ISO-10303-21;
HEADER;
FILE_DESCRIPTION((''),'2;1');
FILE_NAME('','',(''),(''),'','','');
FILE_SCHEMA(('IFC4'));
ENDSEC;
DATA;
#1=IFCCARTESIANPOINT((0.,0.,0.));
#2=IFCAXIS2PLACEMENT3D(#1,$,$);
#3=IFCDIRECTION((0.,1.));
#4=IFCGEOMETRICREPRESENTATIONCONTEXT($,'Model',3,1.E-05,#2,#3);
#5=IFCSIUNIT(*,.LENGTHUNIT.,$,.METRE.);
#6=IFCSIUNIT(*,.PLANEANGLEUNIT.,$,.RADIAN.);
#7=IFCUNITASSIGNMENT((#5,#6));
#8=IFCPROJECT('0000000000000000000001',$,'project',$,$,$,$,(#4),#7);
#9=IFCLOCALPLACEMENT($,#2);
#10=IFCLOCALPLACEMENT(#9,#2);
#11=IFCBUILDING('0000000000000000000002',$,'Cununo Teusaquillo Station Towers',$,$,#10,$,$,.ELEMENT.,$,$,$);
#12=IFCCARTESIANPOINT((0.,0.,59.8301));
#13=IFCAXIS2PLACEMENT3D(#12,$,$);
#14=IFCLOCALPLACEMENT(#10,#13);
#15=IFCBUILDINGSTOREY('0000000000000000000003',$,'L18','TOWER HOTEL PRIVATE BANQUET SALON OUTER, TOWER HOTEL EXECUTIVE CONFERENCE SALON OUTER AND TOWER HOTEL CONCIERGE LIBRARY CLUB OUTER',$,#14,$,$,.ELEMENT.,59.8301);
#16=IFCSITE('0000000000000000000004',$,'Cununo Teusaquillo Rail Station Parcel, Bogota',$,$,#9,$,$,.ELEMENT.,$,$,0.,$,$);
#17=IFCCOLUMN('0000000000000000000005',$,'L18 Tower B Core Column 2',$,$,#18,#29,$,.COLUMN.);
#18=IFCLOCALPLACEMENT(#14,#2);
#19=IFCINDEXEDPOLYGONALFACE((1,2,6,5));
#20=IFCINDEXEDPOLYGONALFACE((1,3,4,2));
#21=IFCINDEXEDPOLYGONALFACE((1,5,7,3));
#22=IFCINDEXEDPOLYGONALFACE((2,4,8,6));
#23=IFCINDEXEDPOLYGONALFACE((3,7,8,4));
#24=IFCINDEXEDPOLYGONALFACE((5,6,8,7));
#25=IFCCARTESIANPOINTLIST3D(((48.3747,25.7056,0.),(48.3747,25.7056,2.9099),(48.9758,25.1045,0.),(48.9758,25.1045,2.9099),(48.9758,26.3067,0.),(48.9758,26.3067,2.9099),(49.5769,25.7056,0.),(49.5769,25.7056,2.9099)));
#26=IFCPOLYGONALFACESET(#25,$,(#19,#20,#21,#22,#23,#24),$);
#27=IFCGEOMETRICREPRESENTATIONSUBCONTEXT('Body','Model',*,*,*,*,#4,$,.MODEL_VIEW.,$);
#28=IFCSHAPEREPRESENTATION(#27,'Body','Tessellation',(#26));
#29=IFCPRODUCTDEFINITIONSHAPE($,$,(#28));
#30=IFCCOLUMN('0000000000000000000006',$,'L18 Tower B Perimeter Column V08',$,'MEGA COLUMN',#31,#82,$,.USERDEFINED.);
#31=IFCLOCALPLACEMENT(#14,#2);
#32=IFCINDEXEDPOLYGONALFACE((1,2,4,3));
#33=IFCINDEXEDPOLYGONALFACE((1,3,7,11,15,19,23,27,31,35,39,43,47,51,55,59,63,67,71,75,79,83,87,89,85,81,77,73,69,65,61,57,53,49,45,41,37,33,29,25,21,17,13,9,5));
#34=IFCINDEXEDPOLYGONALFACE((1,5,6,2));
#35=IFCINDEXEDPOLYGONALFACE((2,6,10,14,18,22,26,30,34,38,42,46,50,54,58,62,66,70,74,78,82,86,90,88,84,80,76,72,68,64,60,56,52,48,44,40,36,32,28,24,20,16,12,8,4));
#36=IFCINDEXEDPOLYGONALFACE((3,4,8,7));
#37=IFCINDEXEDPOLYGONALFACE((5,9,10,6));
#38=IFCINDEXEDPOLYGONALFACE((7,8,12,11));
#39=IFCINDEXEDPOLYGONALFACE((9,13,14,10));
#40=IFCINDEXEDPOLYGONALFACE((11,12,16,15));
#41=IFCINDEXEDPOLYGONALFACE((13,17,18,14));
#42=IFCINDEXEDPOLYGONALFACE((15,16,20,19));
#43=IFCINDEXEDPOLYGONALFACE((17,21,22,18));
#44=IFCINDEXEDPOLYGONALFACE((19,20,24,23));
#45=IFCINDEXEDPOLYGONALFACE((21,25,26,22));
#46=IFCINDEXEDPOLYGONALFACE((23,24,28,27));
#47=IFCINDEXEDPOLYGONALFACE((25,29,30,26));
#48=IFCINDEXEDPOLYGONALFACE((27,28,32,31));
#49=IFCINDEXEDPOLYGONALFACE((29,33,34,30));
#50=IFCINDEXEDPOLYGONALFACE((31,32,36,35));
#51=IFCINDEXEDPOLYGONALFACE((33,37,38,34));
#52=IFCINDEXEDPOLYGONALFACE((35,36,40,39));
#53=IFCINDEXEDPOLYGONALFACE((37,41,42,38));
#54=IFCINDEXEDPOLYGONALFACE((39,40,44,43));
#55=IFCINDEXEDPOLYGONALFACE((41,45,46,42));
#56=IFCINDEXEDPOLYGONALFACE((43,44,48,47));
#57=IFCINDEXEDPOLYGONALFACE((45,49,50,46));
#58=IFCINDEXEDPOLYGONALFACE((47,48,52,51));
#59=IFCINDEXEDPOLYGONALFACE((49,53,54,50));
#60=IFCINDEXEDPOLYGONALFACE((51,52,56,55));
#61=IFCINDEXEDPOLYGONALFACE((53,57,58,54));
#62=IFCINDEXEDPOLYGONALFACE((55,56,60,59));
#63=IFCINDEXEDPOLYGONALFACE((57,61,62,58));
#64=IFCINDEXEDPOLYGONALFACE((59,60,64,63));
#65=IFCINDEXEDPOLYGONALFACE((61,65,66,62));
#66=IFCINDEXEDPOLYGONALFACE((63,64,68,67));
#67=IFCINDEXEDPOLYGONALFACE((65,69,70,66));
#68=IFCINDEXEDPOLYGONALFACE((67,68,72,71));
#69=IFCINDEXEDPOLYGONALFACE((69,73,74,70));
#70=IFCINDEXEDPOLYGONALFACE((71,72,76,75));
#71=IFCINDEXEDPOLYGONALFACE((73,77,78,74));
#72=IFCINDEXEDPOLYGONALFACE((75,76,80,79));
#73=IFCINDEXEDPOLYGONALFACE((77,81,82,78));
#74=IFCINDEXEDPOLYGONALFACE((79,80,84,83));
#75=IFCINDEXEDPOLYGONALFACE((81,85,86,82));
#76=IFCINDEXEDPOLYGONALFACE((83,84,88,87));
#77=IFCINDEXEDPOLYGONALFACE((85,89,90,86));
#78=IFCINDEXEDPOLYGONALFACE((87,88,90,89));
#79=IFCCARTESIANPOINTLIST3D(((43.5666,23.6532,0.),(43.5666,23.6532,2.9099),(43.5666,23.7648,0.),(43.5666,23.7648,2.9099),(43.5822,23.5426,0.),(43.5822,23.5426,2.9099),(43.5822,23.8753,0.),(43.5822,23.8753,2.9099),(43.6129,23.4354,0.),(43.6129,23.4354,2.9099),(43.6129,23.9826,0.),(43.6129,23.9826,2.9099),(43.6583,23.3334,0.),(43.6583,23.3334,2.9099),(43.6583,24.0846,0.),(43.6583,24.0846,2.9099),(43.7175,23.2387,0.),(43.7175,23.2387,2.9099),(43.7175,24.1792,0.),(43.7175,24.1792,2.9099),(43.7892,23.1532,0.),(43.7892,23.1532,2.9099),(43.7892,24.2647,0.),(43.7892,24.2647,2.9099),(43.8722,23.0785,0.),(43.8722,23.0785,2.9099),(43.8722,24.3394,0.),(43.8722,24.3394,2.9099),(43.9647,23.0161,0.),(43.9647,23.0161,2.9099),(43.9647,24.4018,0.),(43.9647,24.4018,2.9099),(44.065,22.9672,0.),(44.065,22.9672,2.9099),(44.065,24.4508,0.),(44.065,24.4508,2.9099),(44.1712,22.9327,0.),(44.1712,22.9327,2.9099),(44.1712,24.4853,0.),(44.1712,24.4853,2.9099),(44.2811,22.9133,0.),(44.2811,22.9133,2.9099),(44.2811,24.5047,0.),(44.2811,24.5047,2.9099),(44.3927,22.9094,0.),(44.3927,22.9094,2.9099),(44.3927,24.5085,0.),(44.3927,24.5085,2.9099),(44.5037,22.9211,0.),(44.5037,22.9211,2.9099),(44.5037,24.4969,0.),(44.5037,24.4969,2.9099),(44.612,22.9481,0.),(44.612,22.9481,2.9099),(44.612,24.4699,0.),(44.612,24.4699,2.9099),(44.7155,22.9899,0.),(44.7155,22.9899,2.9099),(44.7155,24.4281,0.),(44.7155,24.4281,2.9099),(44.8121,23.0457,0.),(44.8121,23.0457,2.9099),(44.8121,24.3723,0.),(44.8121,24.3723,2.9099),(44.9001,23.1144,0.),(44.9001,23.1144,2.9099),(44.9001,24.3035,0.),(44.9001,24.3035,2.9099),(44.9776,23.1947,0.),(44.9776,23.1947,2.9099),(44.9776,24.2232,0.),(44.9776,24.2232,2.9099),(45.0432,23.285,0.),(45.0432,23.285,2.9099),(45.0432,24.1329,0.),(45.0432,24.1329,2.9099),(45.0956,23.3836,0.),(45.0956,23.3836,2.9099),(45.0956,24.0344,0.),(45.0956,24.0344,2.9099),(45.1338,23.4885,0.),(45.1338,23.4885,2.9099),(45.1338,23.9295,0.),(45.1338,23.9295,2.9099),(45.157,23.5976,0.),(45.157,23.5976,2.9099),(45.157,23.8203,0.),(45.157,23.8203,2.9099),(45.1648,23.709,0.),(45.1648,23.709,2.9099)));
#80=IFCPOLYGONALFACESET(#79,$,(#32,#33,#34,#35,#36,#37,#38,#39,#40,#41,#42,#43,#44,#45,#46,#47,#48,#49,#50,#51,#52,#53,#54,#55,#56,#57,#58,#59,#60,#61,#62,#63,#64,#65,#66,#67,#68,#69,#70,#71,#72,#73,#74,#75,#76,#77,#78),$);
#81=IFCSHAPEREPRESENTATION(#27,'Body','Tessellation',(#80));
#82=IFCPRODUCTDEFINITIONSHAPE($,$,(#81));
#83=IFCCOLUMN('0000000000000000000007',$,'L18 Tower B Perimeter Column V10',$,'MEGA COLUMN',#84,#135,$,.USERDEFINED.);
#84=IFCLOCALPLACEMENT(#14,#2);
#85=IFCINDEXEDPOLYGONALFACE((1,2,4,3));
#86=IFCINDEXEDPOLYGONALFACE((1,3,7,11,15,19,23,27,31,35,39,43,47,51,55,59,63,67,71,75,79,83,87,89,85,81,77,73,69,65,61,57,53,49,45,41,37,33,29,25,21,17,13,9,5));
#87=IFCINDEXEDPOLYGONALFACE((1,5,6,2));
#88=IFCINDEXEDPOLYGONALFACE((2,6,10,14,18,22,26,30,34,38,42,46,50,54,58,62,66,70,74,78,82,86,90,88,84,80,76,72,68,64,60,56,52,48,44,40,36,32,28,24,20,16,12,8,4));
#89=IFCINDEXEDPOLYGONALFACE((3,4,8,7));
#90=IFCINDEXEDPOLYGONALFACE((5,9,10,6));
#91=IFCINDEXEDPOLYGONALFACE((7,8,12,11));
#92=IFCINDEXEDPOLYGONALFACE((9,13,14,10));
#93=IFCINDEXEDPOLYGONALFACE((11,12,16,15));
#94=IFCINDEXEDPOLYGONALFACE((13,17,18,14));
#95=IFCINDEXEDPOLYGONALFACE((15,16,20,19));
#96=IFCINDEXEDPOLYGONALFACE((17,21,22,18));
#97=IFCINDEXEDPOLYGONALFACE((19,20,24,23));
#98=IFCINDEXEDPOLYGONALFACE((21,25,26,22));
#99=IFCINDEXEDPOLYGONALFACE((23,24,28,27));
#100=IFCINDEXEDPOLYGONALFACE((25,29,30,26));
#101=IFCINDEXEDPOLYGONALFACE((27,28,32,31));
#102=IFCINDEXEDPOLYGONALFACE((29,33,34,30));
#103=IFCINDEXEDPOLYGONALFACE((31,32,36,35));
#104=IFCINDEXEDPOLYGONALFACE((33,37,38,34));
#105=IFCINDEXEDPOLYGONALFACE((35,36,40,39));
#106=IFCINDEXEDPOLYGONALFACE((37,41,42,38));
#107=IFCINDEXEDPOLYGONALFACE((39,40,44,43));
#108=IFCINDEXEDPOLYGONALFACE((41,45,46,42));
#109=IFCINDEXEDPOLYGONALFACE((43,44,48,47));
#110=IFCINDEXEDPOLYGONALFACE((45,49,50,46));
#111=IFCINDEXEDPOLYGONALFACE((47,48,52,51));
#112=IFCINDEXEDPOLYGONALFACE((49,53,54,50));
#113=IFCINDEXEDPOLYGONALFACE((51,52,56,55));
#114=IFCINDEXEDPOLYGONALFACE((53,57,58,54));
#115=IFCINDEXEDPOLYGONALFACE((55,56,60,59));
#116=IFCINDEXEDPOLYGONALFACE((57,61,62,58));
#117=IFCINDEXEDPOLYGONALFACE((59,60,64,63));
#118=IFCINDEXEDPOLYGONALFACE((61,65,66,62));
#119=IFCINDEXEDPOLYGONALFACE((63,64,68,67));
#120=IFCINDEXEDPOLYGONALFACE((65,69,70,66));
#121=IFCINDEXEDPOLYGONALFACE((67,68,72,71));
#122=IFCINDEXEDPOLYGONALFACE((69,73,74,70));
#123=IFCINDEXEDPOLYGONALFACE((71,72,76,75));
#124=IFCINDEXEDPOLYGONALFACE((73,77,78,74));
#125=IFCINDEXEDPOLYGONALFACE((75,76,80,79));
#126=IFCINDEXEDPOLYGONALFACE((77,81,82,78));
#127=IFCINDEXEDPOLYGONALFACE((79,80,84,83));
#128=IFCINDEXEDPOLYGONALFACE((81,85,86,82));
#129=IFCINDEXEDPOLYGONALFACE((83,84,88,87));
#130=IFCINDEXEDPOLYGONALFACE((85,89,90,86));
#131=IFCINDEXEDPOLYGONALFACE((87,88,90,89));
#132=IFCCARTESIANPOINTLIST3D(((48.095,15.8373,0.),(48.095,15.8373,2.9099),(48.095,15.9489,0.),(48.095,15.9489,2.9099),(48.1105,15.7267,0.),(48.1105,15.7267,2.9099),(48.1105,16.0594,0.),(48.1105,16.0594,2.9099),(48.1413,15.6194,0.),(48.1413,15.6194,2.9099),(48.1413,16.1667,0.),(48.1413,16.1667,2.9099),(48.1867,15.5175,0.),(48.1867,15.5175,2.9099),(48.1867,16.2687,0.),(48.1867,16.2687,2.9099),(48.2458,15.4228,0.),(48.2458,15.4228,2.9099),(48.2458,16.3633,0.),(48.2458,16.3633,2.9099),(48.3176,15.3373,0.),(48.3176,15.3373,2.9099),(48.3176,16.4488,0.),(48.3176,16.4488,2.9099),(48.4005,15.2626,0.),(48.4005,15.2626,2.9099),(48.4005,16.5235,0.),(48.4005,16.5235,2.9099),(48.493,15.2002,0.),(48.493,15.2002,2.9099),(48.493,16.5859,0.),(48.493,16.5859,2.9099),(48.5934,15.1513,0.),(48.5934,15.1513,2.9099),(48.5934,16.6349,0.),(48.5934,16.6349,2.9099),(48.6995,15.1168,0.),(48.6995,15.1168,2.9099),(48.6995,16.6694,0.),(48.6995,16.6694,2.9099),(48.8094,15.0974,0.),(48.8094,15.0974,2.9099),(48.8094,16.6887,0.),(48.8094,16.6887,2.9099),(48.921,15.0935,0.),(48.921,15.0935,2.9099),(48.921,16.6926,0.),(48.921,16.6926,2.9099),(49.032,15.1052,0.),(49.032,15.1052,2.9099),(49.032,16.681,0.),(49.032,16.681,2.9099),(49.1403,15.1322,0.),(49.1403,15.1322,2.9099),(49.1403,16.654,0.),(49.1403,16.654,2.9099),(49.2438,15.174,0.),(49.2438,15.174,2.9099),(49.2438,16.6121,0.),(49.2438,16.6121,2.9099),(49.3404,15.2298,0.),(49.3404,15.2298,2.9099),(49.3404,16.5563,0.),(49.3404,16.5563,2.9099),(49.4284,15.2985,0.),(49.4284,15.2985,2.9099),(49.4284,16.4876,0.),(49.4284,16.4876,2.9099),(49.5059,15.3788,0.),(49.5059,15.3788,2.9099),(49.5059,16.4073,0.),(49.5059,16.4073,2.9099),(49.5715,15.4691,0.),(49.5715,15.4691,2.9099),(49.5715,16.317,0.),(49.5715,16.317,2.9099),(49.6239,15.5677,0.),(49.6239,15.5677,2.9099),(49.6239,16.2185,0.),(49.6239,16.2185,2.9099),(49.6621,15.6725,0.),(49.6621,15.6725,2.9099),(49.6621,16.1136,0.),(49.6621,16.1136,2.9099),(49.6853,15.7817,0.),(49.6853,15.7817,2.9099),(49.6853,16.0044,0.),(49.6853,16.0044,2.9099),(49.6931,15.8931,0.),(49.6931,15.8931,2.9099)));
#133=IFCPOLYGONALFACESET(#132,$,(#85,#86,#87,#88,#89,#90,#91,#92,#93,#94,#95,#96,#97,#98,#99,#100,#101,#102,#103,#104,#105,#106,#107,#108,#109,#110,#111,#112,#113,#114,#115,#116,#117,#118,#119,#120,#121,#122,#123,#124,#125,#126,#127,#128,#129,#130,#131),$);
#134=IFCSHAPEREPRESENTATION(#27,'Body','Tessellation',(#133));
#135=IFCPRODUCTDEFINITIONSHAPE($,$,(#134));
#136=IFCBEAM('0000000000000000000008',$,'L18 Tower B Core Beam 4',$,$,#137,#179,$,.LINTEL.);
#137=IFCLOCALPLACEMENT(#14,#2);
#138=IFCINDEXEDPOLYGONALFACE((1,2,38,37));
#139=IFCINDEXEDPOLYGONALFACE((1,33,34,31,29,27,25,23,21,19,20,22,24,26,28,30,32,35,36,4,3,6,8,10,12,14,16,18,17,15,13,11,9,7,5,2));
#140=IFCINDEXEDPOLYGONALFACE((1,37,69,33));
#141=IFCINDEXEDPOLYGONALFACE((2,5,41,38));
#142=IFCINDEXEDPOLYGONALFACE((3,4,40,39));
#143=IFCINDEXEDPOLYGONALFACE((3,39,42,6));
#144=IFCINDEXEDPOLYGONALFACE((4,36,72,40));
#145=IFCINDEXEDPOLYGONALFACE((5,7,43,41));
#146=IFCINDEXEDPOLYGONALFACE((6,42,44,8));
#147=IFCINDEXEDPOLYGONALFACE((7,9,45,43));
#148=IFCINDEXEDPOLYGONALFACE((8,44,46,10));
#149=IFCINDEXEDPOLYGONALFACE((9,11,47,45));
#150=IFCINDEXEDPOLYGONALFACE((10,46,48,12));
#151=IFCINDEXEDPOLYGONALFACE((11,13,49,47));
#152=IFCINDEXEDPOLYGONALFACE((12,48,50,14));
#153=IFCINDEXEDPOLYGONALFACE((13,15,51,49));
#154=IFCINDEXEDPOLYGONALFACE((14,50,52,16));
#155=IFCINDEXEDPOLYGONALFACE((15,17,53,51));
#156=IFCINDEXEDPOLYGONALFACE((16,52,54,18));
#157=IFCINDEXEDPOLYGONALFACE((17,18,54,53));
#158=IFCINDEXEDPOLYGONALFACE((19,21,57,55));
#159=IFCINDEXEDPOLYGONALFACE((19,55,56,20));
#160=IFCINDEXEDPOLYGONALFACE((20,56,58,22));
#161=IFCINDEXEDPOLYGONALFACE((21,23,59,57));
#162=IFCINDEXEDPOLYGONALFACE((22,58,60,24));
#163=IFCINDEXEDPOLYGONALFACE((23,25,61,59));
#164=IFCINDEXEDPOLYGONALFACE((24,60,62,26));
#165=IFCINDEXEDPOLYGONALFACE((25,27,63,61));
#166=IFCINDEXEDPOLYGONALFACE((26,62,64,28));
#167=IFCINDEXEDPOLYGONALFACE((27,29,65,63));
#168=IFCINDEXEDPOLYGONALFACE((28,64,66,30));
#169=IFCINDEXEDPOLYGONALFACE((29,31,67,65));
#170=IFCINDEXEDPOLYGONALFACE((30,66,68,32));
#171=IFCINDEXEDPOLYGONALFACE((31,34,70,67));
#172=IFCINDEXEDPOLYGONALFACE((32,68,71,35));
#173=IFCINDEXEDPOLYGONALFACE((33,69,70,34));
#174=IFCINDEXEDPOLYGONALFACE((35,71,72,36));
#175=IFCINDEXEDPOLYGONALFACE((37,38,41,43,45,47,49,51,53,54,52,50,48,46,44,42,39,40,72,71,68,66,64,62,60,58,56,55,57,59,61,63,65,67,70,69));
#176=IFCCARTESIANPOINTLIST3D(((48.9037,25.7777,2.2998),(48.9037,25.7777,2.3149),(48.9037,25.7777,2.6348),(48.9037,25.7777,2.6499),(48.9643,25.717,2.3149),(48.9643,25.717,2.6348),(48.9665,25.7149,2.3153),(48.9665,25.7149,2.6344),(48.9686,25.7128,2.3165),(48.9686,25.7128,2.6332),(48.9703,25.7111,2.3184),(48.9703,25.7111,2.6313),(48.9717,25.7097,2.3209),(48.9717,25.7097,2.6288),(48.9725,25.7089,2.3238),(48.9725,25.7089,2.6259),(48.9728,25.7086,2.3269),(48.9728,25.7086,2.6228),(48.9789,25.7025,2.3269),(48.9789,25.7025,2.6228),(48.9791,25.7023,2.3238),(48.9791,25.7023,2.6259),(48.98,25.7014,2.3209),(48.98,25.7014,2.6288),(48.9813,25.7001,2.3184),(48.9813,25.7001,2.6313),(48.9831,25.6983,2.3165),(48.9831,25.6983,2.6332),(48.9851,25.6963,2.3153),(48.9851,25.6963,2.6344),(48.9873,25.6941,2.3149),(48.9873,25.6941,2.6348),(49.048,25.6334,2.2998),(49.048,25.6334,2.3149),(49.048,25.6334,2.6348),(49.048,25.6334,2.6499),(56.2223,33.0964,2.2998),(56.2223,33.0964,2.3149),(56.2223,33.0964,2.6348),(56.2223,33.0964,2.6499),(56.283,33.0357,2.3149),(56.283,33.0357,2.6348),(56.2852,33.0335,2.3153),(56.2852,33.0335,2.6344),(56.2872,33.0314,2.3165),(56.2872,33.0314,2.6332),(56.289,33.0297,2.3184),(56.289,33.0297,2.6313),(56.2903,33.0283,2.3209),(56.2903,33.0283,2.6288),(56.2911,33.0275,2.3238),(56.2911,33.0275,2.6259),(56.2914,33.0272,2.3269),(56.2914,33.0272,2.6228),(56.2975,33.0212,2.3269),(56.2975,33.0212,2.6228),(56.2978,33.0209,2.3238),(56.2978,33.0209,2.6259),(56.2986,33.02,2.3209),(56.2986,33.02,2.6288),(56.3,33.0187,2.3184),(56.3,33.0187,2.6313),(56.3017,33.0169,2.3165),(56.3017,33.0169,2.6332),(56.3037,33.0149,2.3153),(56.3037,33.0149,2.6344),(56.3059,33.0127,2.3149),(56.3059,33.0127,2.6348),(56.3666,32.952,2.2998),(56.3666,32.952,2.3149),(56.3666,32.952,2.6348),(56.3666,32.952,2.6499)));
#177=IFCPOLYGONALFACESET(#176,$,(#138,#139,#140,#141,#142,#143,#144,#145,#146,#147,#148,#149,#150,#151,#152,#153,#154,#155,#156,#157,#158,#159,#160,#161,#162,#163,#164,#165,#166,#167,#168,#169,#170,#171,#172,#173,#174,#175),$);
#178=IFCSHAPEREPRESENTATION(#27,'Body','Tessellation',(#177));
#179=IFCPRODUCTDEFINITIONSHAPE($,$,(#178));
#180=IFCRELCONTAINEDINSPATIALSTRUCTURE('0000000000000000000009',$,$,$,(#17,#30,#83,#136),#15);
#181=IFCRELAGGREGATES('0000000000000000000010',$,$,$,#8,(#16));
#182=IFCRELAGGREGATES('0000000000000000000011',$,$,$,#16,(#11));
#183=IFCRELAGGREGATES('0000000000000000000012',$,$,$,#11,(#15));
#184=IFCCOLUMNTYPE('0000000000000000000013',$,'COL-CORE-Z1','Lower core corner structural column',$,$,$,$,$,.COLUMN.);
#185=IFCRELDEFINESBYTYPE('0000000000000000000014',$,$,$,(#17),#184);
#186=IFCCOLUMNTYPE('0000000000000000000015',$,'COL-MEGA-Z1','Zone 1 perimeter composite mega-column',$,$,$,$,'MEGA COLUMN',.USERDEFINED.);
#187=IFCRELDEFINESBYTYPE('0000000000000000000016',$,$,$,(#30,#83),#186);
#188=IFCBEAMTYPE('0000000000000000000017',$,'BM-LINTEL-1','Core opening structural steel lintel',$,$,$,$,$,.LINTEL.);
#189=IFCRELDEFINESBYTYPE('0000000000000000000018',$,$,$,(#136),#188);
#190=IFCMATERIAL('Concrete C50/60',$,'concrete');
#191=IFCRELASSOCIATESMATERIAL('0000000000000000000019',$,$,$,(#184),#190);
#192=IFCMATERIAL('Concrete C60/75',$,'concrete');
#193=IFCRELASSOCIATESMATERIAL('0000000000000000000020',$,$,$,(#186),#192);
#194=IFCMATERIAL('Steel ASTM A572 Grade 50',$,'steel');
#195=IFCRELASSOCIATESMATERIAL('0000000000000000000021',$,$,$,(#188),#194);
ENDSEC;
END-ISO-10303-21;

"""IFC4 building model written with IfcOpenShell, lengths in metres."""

from ifc_helpers import new_model, si_unit, direction, frame, origin, origin_2d, place, context, subcontext, project, spatial, rectangle, circle, i_section, extrude, material, material_profile, profile_set, type_object, element, save


model = new_model("IFC4")

# Units and contexts
model_context = context("Model", 3, precision=1e-05, world=origin(), true_north=direction((0.0, 1.0)))
body_context = subcontext(model_context, "Body", "Model", "MODEL_VIEW")
ifc_project = project(units=[si_unit("LENGTHUNIT", "METRE"), si_unit("PLANEANGLEUNIT", "RADIAN")], contexts=[model_context])

# Site, building, storey
site_placement = place(None, origin())
site = spatial("IfcSite", under=ifc_project, at=site_placement, Name="Cununo Teusaquillo Rail Station Parcel, Bogota", CompositionType="ELEMENT", RefElevation=0.0)
building_placement = place(site_placement, origin())
building = spatial("IfcBuilding", under=site, at=building_placement, Name="Cununo Teusaquillo Station Towers", CompositionType="ELEMENT")
storey_placement = place(building_placement, frame((0.0, 0.0, 59.8301)))
storey = spatial("IfcBuildingStorey", under=building, at=storey_placement, Name="L18", Description="TOWER HOTEL PRIVATE BANQUET SALON OUTER, TOWER HOTEL EXECUTIVE CONFERENCE SALON OUTER AND TOWER HOTEL CONCIERGE LIBRARY CLUB OUTER", CompositionType="ELEMENT", Elevation=59.8301)

# Columns
ifc_material_1 = material(Name="Concrete C50/60", Category="concrete")
ifc_material_profile_1 = material_profile(ifc_material_1, rectangle(XDim=0.8501, YDim=0.8501, at=origin_2d()), Name="RC-RECT-850x850")
ifc_profile_set_1 = profile_set([ifc_material_profile_1], Name="Concrete C50/60")
column_type_1 = type_object("IfcColumnType", Name="COL-CORE-Z1", Description="Lower core corner structural column", PredefinedType="COLUMN", material=ifc_profile_set_1)
column_placement = place(storey_placement, frame((48.9758, 25.7056, 0.0), z_axis=(0.0, 0.0, 1.0), x_axis=(0.707107, 0.707107, 0.0)))
element("IfcColumn", 1, at=column_placement, inside=storey, type_object=column_type_1, Name="L18 Tower B Core Column 2", PredefinedType="COLUMN", context=body_context, shape_type="SweptSolid", body=[
    extrude(rectangle(XDim=0.8501, YDim=0.8501, at=origin_2d()), origin(), (0.0, 0.0, 1.0), 2.9099),
])
ifc_material_2 = material(Name="Concrete C60/75", Category="concrete")
ifc_material_profile_2 = material_profile(ifc_material_2, circle(Radius=0.8, at=origin_2d()), Name="RC-CIRC-1600")
ifc_profile_set_2 = profile_set([ifc_material_profile_2], Name="Concrete C60/75")
column_type_2 = type_object("IfcColumnType", Name="COL-MEGA-Z1", Description="Zone 1 perimeter composite mega-column", ElementType="MEGA COLUMN", PredefinedType="USERDEFINED", material=ifc_profile_set_2)
for number, where, z_axis, x_axis, name in (
    (2, (44.3647, 23.709, 0.0), (0.0, 0.0, 1.0), (1.0, 0.0, 0.0), "L18 Tower B Perimeter Column V08"),
    (3, (48.8931, 15.8931, 0.0), (0.0, 0.0, 1.0), (1.0, 0.0, 0.0), "L18 Tower B Perimeter Column V10"),
):
    element("IfcColumn", number, at=place(storey_placement, frame(where, z_axis=z_axis, x_axis=x_axis)), inside=storey, type_object=column_type_2, Name=name, ObjectType="MEGA COLUMN", PredefinedType="USERDEFINED", context=body_context, shape_type="SweptSolid", body=[
        extrude(circle(Radius=0.8, at=origin_2d()), origin(), (0.0, 0.0, 1.0), 2.9099),
    ])

# Beam
ifc_material_3 = material(Name="Steel ASTM A572 Grade 50", Category="steel")
ifc_material_profile_3 = material_profile(ifc_material_3, i_section(OverallWidth=0.2041, OverallDepth=0.3501, WebThickness=0.0085, FlangeThickness=0.0151, FilletRadius=0.012, at=origin_2d()), Name="W14X48")
ifc_profile_set_3 = profile_set([ifc_material_profile_3], Name="Steel ASTM A572 Grade 50")
beam_type_1 = type_object("IfcBeamType", Name="BM-LINTEL-1", Description="Core opening structural steel lintel", PredefinedType="LINTEL", material=ifc_profile_set_3)
beam_1_placement = place(storey_placement, frame((48.9758, 25.7056, 2.4749), z_axis=(0.707107, 0.707107, 0.0), x_axis=(-0.707107, 0.707107, 0.0)))
element("IfcBeam", 4, at=beam_1_placement, inside=storey, type_object=beam_type_1, Name="L18 Tower B Core Beam 4", PredefinedType="LINTEL", context=body_context, shape_type="SweptSolid", body=[
    extrude(i_section(OverallWidth=0.2041, OverallDepth=0.3501, WebThickness=0.0085, FlangeThickness=0.0151, FilletRadius=0.012, at=origin_2d()), origin(), (0.0, 0.0, 1.0), 10.3501),
])

save(model, "model.ifc")
